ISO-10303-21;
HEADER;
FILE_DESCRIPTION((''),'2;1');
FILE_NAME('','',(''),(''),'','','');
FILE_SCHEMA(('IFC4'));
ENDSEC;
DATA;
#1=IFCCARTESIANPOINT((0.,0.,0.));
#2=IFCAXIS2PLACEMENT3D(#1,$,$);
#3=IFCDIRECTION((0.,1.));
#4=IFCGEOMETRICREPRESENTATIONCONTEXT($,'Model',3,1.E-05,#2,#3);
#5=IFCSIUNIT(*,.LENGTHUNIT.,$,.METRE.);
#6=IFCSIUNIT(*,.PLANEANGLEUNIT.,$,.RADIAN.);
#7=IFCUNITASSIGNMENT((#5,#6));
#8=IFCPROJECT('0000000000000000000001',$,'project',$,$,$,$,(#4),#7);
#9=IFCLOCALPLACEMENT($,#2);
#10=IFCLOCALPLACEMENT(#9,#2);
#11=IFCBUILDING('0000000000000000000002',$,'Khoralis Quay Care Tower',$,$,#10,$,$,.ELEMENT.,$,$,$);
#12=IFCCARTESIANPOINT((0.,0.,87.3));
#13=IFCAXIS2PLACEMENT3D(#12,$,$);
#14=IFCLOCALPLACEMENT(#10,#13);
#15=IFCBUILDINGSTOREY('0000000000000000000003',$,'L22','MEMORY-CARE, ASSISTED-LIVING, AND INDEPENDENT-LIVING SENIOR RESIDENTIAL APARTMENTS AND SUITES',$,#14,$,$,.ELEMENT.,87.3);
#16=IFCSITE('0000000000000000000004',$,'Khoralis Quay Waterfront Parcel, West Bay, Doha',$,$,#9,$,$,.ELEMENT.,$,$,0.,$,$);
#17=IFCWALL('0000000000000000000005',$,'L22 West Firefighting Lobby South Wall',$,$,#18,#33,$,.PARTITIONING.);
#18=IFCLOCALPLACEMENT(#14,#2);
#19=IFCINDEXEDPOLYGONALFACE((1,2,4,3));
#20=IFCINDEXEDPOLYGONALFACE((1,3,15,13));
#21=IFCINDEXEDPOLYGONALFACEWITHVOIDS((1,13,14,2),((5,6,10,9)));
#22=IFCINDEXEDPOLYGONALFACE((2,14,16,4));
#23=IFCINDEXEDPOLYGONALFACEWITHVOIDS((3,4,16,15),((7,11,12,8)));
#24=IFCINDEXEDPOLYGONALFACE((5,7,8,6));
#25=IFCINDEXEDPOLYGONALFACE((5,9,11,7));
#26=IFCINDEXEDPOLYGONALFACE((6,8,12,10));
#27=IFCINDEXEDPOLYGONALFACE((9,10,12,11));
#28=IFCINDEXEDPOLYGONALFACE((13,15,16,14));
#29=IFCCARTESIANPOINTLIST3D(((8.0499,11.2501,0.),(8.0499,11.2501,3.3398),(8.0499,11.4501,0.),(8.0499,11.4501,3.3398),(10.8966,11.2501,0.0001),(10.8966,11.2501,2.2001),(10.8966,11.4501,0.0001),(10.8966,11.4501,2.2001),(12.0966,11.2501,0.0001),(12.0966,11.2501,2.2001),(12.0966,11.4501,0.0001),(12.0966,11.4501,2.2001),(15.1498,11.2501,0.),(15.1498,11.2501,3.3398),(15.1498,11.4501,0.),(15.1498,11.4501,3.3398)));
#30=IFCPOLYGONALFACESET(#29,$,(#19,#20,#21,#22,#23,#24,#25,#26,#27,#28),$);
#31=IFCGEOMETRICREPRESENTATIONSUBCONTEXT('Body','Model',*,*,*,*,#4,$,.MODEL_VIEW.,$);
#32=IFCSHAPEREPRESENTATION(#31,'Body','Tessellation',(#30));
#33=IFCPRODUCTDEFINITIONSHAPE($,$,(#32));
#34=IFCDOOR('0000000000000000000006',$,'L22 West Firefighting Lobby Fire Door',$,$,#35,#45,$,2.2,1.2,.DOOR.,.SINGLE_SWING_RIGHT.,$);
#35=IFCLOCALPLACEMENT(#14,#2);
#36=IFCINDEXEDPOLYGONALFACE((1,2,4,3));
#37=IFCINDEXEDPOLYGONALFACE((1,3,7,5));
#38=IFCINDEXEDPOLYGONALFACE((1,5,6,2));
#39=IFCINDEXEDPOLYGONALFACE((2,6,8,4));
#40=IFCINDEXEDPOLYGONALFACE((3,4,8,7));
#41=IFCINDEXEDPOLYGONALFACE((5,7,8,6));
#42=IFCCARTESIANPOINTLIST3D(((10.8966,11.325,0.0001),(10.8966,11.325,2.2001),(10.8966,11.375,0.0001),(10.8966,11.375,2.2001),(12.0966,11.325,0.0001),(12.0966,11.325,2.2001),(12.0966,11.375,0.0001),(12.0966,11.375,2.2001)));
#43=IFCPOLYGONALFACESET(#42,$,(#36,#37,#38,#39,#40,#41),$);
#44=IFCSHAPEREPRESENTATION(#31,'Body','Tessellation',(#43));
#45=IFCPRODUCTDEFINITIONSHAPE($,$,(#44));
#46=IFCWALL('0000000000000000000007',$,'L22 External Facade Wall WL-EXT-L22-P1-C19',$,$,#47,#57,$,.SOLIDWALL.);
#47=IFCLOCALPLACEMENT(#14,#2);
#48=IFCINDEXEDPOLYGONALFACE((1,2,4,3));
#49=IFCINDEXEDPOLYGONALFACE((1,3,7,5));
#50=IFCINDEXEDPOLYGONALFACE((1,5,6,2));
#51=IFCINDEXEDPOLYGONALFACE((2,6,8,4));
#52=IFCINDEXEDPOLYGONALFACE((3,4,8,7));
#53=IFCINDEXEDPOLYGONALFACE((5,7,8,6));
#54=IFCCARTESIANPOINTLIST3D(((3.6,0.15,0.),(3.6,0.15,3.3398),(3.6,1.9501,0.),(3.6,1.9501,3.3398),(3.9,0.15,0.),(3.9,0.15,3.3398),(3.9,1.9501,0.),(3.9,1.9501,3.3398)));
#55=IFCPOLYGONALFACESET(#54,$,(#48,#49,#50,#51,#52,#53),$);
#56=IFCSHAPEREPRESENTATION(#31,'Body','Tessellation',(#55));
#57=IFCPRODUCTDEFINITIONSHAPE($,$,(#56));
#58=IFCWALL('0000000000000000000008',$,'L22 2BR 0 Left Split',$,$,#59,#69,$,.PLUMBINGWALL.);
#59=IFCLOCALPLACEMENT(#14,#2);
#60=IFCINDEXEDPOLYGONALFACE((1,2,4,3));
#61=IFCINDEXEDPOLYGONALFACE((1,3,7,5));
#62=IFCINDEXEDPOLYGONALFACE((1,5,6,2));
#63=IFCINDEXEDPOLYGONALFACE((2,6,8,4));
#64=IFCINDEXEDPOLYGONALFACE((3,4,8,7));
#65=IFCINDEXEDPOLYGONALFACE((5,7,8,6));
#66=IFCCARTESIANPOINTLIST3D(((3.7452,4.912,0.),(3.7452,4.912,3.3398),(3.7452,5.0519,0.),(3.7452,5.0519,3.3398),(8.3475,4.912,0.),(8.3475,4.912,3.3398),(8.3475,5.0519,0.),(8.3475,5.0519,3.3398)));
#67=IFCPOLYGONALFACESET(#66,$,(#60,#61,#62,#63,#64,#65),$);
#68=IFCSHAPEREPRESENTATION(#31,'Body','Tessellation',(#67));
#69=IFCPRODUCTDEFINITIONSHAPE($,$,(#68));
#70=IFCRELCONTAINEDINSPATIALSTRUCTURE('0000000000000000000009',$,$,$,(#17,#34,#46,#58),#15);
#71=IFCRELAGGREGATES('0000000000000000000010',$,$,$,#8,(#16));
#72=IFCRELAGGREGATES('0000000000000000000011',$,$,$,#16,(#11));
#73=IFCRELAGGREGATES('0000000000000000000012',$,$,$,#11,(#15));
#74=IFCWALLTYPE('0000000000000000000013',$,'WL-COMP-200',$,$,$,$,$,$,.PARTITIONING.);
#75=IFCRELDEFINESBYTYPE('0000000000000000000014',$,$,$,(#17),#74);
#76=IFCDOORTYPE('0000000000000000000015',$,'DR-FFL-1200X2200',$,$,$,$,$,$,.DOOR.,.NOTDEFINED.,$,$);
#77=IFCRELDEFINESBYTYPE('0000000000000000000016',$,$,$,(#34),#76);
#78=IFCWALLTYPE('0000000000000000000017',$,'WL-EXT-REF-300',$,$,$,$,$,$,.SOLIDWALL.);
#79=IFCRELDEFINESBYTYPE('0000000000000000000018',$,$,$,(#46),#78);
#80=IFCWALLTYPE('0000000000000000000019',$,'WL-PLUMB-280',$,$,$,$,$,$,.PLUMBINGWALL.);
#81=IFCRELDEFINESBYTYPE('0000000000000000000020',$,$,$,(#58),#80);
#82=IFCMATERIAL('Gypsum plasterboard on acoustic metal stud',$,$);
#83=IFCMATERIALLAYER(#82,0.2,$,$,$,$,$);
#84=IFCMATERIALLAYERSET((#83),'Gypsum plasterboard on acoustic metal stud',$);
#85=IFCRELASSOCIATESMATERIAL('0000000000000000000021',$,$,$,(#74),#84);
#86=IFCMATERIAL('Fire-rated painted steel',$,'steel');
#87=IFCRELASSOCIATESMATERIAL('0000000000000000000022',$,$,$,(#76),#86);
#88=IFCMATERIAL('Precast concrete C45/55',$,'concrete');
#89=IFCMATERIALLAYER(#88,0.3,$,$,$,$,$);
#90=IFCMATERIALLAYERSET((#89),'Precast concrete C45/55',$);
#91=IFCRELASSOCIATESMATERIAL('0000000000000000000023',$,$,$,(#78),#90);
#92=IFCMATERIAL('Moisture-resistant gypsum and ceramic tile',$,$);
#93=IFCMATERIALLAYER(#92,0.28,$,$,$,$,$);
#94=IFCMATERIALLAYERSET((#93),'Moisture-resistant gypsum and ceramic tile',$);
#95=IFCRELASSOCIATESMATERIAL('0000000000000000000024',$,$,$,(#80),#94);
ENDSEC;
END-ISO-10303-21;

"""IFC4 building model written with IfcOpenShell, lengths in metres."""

from ifc_helpers import new_model, si_unit, direction, frame, frame_2d, origin, place, context, subcontext, project, spatial, rectangle, extrude, source, transform, mapped, material, layer, layer_set, type_object, element, fill, save


model = new_model("IFC4")

# Units and contexts
model_context = context("Model", 3, precision=1e-05, world=origin(), true_north=direction((0.0, 1.0)))
body_context = subcontext(model_context, "Body", "Model", "MODEL_VIEW")
ifc_project = project(units=[si_unit("LENGTHUNIT", "METRE"), si_unit("PLANEANGLEUNIT", "RADIAN")], contexts=[model_context])

# Site, building, storey
site_placement = place(None, origin())
site = spatial("IfcSite", under=ifc_project, at=site_placement, Name="Khoralis Quay Waterfront Parcel, West Bay, Doha", CompositionType="ELEMENT", RefElevation=0.0)
building_placement = place(site_placement, origin())
building = spatial("IfcBuilding", under=site, at=building_placement, Name="Khoralis Quay Care Tower", CompositionType="ELEMENT")
storey_placement = place(building_placement, frame((0.0, 0.0, 87.3)))
storey = spatial("IfcBuildingStorey", under=building, at=storey_placement, Name="L22", Description="MEMORY-CARE, ASSISTED-LIVING, AND INDEPENDENT-LIVING SENIOR RESIDENTIAL APARTMENTS AND SUITES", CompositionType="ELEMENT", Elevation=87.3)

# Wall, opening, door
ifc_material_1 = material(Name="Gypsum plasterboard on acoustic metal stud")
ifc_layer_1 = layer(ifc_material_1, 0.2)
ifc_layer_set_1 = layer_set([ifc_layer_1], Name="Gypsum plasterboard on acoustic metal stud")
wall_type_1 = type_object("IfcWallType", Name="WL-COMP-200", PredefinedType="PARTITIONING", material=ifc_layer_set_1)
wall_1_placement = place(storey_placement, frame((8.05, 11.3501, 0.0), z_axis=(0.0, 0.0, 1.0), x_axis=(1.0, 0.0, 0.0)))
wall_1 = element("IfcWall", 1, at=wall_1_placement, inside=storey, type_object=wall_type_1, Name="L22 West Firefighting Lobby South Wall", PredefinedType="PARTITIONING", context=body_context, shape_type="SweptSolid", body=[
    extrude(rectangle(XDim=7.0999, YDim=0.2, at=frame_2d((3.5498, 0.0))), origin(), (0.0, 0.0, 1.0), 3.3398),
])
opening_1_placement = place(wall_1_placement, frame((2.8464, 0.0, 0.0)))
opening_1 = element("IfcOpeningElement", 2, at=opening_1_placement, cuts=wall_1, PredefinedType="OPENING", context=body_context, shape_type="SweptSolid", body=[
    extrude(rectangle(XDim=1.2, YDim=2.2, at=frame_2d((0.6001, 1.1001))), frame((0.0, 0.1099, 0.0), z_axis=(0.0, -1.0, 0.0), x_axis=(1.0, 0.0, 0.0)), (0.0, 0.0, 1.0), 0.22),
])
ifc_material_2 = material(Name="Fire-rated painted steel", Category="steel")
door_type_1 = type_object("IfcDoorType", Name="DR-FFL-1200X2200", OperationType="NOTDEFINED", PredefinedType="DOOR", material=ifc_material_2)
shared_shape_1 = source(origin(), body_context, "Body", "SweptSolid", [
    extrude(rectangle(XDim=1.2, YDim=2.2, at=frame_2d((0.6001, 1.1001))), frame((0.0, 0.0249, 0.0), z_axis=(0.0, -1.0, 0.0), x_axis=(1.0, 0.0, 0.0)), (0.0, 0.0, 1.0), 0.05),
])
door_1_placement = place(opening_1_placement, origin())
door_1 = element("IfcDoor", 3, at=door_1_placement, inside=storey, type_object=door_type_1, Name="L22 West Firefighting Lobby Fire Door", OperationType="SINGLE_SWING_RIGHT", OverallHeight=2.2, OverallWidth=1.2, PredefinedType="DOOR", context=body_context, shape_type="MappedRepresentation", body=[
    mapped(shared_shape_1, transform((0.0, 0.0, 0.0), scale=1.0)),
])
fill(opening_1, door_1)

# Shared definitions
ifc_material_3 = material(Name="Precast concrete C45/55", Category="concrete")
ifc_layer_2 = layer(ifc_material_3, 0.3)
ifc_layer_set_2 = layer_set([ifc_layer_2], Name="Precast concrete C45/55")
wall_type_2 = type_object("IfcWallType", Name="WL-EXT-REF-300", PredefinedType="SOLIDWALL", material=ifc_layer_set_2)

# Walls
wall_2_placement = place(storey_placement, frame((3.75, 1.95, 0.0), z_axis=(0.0, 0.0, 1.0), x_axis=(0.0, -1.0, 0.0)))
element("IfcWall", 4, at=wall_2_placement, inside=storey, type_object=wall_type_2, Name="L22 External Facade Wall WL-EXT-L22-P1-C19", PredefinedType="SOLIDWALL", context=body_context, shape_type="SweptSolid", body=[
    extrude(rectangle(XDim=1.8, YDim=0.3, at=frame_2d((0.8999, 0.0))), origin(), (0.0, 0.0, 1.0), 3.3398),
])
ifc_material_4 = material(Name="Moisture-resistant gypsum and ceramic tile")
ifc_layer_3 = layer(ifc_material_4, 0.28)
ifc_layer_set_3 = layer_set([ifc_layer_3], Name="Moisture-resistant gypsum and ceramic tile")
wall_type_3 = type_object("IfcWallType", Name="WL-PLUMB-280", PredefinedType="PLUMBINGWALL", material=ifc_layer_set_3)
wall_3_placement = place(storey_placement, frame((3.7451, 4.9819, 0.0), z_axis=(0.0, 0.0, 1.0), x_axis=(1.0, 0.0, 0.0)))
element("IfcWall", 5, at=wall_3_placement, inside=storey, type_object=wall_type_3, Name="L22 2BR 0 Left Split", PredefinedType="PLUMBINGWALL", context=body_context, shape_type="SweptSolid", body=[
    extrude(rectangle(XDim=4.6023, YDim=0.1399, at=frame_2d((2.3013, 0.0))), origin(), (0.0, 0.0, 1.0), 3.3398),
])

save(model, "model.ifc")
